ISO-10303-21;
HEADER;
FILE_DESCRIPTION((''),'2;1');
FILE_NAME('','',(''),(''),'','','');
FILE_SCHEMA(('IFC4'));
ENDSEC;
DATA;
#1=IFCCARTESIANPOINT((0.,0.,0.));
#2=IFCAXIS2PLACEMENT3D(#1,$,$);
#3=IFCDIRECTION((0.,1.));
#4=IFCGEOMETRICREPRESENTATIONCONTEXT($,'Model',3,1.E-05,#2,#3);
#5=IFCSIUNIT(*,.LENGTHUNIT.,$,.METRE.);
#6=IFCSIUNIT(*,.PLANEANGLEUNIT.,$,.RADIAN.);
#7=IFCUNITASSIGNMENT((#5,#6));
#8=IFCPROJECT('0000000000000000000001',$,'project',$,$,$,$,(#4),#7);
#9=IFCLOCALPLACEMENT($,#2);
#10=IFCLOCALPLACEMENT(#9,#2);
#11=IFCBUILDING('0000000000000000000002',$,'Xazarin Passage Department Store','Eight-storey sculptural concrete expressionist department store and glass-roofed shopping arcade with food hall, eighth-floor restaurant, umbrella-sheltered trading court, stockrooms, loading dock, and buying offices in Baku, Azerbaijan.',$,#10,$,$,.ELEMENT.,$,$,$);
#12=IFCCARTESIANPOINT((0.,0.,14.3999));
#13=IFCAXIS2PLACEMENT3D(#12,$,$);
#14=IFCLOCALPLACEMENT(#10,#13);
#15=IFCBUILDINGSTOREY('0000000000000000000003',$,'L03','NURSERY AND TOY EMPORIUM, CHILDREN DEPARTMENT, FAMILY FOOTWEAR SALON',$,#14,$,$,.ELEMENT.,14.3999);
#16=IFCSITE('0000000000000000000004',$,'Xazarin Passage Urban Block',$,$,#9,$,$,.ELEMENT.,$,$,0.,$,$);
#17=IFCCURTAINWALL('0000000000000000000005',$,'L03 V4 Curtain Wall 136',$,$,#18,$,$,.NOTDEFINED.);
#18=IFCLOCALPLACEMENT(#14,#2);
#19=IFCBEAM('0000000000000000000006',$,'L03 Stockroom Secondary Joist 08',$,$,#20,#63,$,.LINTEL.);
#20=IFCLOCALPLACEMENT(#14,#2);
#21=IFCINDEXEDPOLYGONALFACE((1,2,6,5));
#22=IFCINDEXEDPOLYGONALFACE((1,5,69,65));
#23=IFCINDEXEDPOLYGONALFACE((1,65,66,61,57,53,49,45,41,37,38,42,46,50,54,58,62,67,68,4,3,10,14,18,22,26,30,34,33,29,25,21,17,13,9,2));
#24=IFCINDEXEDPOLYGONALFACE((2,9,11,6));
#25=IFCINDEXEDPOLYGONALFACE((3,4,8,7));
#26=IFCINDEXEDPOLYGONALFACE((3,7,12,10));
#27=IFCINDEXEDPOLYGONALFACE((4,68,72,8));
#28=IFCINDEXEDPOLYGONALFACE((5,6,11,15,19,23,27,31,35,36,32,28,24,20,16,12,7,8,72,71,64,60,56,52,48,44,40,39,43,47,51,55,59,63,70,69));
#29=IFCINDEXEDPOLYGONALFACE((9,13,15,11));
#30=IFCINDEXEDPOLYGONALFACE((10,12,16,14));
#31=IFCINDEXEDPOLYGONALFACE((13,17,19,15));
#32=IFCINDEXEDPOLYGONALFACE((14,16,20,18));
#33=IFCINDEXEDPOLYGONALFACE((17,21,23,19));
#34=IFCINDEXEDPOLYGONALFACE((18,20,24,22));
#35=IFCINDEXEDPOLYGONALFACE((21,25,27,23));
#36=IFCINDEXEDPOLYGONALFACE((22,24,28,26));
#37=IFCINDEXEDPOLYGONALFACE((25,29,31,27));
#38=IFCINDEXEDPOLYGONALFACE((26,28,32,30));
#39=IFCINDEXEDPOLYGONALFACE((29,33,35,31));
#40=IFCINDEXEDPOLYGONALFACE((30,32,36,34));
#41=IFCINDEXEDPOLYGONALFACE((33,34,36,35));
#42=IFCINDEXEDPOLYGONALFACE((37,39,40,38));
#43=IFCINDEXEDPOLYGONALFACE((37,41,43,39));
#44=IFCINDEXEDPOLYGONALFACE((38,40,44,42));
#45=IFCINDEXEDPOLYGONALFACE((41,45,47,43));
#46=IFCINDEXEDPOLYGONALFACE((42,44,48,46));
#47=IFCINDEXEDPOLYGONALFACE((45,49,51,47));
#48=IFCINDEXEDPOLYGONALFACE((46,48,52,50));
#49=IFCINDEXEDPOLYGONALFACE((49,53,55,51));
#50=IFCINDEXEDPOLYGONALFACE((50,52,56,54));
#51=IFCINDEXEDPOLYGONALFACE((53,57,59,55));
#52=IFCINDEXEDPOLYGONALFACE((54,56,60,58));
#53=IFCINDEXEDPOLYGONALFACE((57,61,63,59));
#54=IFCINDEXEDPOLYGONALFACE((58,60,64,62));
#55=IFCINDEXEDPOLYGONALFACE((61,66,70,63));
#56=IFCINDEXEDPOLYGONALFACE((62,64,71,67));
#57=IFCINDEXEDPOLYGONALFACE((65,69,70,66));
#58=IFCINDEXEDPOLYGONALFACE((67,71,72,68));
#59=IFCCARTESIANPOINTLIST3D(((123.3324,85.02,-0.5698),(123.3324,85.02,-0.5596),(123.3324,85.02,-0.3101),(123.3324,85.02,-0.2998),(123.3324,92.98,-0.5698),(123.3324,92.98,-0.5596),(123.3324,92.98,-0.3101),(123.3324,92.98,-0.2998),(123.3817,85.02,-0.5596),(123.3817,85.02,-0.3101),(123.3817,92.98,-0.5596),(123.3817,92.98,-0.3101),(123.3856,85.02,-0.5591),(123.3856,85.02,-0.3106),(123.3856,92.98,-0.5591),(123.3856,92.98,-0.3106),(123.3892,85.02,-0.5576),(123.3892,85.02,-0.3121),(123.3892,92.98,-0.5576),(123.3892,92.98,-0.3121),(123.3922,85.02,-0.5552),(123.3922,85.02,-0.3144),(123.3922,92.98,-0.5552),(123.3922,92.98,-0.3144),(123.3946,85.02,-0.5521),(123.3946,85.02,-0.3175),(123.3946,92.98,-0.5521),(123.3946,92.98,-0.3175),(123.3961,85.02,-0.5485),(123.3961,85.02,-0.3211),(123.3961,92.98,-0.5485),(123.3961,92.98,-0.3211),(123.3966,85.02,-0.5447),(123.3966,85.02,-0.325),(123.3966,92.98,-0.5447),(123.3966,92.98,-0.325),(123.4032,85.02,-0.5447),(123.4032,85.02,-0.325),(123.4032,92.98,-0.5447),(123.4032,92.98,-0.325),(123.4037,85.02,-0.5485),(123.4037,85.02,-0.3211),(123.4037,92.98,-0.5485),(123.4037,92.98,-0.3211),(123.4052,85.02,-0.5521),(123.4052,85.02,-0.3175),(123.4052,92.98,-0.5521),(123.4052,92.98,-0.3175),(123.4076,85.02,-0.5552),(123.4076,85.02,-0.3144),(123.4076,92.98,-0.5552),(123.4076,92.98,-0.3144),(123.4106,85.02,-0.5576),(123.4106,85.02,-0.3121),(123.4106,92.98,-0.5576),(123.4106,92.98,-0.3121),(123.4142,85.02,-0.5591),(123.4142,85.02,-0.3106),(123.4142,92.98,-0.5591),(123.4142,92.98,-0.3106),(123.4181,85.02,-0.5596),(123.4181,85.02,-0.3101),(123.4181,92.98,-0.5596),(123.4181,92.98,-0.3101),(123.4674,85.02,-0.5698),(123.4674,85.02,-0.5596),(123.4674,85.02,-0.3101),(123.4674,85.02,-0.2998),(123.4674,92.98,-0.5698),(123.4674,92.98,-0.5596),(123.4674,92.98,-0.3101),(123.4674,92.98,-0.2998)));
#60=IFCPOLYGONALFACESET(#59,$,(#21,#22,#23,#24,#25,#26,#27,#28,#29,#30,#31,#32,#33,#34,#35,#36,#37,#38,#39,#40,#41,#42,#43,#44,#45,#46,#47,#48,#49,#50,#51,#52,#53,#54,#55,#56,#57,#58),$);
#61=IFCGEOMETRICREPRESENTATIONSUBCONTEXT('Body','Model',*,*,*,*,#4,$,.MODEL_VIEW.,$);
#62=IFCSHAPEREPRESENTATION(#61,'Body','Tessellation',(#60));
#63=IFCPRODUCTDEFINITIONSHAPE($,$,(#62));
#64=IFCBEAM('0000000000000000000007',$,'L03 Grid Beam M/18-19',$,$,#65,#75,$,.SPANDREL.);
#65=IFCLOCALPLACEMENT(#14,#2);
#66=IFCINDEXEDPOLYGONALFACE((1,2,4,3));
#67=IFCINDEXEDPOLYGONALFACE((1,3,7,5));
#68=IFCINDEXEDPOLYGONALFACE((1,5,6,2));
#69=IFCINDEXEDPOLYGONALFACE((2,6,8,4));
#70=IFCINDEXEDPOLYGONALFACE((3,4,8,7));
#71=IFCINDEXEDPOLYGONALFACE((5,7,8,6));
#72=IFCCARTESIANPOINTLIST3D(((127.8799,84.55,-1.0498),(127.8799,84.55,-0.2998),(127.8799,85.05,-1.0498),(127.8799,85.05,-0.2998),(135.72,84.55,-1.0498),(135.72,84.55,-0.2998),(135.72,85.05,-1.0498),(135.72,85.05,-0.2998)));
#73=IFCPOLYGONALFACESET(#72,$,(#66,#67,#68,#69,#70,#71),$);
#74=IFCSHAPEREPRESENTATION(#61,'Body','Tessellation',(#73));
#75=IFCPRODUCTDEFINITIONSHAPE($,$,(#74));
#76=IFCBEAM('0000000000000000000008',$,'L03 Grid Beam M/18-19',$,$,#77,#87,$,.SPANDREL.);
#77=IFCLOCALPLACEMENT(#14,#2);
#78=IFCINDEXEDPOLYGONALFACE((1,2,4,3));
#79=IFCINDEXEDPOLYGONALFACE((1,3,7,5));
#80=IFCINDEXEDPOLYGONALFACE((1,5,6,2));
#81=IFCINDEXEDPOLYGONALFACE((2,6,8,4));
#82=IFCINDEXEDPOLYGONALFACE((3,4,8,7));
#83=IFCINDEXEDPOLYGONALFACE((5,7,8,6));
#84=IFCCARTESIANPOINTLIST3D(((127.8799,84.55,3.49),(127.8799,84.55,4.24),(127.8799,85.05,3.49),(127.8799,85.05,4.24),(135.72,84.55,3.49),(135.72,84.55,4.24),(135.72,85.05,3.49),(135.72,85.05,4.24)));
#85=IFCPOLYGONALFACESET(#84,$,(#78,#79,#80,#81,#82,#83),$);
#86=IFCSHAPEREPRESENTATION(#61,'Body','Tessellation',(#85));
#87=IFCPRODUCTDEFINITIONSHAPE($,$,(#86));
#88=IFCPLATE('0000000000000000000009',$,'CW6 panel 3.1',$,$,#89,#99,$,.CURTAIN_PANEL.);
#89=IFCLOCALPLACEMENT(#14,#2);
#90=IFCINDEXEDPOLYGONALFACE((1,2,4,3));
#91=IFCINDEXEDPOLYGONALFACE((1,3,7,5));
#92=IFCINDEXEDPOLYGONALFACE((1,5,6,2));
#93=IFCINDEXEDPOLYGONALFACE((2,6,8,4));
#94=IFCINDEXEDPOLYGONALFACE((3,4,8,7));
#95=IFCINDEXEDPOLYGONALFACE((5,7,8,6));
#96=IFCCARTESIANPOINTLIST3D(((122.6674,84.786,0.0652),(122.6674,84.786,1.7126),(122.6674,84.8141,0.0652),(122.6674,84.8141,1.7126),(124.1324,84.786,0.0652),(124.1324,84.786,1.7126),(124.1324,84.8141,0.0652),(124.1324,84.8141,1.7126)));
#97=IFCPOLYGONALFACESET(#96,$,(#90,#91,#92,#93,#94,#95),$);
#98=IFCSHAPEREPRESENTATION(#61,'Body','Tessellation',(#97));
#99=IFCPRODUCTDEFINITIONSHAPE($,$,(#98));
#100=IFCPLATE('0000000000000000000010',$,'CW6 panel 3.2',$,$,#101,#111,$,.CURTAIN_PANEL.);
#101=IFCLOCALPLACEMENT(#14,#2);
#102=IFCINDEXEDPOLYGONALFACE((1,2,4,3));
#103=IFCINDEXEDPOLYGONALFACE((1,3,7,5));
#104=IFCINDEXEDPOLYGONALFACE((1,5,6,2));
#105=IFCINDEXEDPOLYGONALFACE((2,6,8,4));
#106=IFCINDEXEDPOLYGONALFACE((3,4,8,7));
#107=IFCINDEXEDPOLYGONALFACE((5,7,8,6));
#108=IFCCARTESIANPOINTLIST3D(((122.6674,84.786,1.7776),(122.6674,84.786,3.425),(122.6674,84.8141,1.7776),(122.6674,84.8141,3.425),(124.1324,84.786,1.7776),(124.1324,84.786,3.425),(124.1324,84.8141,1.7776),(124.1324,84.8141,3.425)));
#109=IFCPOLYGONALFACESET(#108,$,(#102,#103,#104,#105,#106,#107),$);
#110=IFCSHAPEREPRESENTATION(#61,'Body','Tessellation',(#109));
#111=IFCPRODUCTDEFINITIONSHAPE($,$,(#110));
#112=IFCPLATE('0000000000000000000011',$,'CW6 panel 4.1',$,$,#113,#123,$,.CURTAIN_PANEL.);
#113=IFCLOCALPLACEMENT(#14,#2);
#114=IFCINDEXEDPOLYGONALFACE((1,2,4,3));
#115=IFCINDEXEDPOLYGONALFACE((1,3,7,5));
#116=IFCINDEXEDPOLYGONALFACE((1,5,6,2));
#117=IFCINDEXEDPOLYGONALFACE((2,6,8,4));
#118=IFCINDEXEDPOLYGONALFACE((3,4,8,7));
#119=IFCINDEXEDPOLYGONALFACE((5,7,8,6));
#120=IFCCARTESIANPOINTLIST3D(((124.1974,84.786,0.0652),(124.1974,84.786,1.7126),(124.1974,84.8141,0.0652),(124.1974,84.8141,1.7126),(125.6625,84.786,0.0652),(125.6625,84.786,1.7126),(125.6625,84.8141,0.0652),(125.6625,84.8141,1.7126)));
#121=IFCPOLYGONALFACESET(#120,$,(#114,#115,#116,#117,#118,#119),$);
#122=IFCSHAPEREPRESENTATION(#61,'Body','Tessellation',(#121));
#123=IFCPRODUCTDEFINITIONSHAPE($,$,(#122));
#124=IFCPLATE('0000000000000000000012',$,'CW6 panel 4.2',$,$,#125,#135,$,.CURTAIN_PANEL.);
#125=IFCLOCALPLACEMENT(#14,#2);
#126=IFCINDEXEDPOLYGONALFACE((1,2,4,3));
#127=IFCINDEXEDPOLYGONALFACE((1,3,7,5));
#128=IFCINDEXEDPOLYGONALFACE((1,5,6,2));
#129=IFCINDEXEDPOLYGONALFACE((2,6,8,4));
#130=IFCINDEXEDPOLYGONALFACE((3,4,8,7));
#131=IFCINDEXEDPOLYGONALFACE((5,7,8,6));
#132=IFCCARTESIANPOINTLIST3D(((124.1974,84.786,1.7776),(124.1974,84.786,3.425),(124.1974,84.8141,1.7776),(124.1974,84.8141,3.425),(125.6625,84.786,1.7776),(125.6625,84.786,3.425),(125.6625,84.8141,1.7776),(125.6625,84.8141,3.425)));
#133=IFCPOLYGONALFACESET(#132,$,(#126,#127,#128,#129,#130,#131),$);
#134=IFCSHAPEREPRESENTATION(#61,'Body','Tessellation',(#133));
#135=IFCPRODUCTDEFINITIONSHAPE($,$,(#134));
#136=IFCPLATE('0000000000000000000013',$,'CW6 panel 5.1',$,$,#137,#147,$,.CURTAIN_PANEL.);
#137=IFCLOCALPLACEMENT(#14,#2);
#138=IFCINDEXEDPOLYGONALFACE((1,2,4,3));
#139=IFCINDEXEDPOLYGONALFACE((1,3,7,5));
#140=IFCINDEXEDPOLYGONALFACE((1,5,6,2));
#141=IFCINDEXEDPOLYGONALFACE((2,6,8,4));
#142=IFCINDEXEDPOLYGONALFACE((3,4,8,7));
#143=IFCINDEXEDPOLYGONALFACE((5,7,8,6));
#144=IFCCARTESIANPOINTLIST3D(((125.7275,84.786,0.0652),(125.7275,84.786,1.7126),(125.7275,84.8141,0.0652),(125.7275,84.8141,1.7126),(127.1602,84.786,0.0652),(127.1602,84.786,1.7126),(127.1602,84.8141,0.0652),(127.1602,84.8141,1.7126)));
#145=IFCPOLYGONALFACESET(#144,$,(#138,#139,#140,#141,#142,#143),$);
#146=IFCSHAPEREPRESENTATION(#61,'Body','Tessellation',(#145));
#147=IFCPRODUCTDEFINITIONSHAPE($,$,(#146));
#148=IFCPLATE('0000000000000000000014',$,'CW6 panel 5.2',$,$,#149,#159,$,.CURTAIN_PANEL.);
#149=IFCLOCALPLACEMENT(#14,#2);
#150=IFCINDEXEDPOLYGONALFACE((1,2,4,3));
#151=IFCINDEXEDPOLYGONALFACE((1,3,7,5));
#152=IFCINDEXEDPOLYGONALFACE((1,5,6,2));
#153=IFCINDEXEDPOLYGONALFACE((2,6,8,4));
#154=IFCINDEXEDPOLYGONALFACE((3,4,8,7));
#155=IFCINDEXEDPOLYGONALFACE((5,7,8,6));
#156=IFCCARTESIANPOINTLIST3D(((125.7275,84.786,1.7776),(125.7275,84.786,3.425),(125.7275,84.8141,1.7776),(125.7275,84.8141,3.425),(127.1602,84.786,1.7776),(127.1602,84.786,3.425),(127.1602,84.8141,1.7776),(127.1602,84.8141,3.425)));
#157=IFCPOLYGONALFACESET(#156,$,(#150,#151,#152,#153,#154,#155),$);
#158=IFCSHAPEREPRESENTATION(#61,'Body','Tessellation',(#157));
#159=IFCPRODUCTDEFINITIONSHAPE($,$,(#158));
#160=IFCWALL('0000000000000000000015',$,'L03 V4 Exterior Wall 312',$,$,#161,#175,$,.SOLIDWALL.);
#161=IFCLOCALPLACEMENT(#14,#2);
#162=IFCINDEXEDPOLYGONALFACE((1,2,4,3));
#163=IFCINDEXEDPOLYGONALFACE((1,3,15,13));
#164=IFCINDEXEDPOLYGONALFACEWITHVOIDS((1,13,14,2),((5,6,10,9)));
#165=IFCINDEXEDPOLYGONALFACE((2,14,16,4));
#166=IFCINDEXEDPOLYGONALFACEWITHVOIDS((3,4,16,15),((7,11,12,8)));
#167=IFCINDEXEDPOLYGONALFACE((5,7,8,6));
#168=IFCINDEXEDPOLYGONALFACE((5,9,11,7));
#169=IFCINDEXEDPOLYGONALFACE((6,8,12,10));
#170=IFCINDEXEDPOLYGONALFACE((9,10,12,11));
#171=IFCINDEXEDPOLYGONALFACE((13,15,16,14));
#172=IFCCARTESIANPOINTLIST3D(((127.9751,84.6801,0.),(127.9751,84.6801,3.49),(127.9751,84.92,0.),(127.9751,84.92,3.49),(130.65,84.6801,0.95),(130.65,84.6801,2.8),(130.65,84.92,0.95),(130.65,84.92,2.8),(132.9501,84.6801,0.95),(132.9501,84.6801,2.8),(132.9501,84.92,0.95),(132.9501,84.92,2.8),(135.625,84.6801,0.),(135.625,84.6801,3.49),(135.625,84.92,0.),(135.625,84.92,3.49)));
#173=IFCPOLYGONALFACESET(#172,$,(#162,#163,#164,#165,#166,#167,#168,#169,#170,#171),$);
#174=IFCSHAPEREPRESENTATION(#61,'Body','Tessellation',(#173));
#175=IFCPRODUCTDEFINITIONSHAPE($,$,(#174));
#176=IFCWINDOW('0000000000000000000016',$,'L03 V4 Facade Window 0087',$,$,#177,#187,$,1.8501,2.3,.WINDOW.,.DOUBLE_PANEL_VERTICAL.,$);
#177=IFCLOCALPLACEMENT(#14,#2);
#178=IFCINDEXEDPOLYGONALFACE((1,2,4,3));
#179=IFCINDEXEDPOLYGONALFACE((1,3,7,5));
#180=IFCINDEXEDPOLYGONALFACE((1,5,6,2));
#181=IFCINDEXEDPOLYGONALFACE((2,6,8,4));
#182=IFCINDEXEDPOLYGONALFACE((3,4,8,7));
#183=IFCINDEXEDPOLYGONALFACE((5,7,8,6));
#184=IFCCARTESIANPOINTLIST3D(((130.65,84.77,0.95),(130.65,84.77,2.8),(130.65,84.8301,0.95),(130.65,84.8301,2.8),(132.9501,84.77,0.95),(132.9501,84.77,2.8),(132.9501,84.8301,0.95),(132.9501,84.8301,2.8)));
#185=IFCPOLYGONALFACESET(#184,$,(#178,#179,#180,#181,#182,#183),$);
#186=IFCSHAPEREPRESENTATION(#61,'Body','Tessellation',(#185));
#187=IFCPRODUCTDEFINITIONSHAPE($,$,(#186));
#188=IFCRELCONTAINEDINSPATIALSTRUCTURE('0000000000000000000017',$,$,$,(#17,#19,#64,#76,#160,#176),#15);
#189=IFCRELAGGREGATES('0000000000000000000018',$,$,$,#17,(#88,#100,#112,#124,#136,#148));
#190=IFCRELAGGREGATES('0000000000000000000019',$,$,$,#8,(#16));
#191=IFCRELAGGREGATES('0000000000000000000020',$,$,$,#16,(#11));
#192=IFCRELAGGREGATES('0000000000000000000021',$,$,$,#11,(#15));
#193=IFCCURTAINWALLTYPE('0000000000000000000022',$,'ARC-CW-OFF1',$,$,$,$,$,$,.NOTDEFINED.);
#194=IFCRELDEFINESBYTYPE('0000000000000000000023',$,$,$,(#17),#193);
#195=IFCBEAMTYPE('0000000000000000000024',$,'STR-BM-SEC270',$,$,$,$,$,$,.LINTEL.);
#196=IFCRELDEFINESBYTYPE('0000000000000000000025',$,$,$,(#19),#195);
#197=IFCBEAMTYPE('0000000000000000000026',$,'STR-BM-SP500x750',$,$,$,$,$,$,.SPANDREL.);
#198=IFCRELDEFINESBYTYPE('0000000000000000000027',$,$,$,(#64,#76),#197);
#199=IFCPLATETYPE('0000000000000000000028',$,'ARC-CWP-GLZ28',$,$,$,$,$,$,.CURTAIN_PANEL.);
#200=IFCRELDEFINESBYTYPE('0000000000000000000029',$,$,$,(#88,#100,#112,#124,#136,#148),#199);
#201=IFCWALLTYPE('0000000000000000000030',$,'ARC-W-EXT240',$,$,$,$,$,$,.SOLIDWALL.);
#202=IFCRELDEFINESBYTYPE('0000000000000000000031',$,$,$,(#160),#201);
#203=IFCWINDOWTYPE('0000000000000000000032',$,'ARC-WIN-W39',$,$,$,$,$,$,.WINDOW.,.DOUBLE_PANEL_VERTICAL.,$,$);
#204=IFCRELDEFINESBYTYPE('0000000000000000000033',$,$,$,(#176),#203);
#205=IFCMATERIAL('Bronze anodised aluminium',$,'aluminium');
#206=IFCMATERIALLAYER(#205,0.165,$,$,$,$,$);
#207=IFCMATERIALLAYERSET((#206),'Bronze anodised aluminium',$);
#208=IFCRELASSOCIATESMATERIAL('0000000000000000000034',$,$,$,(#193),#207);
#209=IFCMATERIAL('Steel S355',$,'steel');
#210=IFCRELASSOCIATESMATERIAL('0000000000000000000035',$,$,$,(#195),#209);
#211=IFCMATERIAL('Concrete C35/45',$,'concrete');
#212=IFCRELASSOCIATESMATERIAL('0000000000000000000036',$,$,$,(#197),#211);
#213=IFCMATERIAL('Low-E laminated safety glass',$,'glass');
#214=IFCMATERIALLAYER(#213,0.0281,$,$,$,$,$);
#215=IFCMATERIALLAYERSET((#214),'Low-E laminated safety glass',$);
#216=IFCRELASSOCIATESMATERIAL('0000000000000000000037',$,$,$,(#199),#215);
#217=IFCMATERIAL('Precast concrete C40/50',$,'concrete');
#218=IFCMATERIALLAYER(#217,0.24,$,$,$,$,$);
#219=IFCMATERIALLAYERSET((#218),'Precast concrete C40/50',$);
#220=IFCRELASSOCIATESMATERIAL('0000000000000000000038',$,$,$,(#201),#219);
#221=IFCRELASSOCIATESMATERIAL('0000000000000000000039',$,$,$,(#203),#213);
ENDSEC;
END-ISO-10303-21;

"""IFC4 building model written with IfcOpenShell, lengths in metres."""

from ifc_helpers import new_model, si_unit, direction, frame, frame_2d, origin, origin_2d, place, context, subcontext, project, spatial, rectangle, i_section, extrude, material, layer, layer_set, material_profile, profile_set, type_object, element, fill, aggregate, save


model = new_model("IFC4")

# Units and contexts
model_context = context("Model", 3, precision=1e-05, world=origin(), true_north=direction((0.0, 1.0)))
body_context = subcontext(model_context, "Body", "Model", "MODEL_VIEW")
ifc_project = project(units=[si_unit("LENGTHUNIT", "METRE"), si_unit("PLANEANGLEUNIT", "RADIAN")], contexts=[model_context])

# Site, building, storey
site_placement = place(None, origin())
site = spatial("IfcSite", under=ifc_project, at=site_placement, Name="Xazarin Passage Urban Block", CompositionType="ELEMENT", RefElevation=0.0)
building_placement = place(site_placement, origin())
building = spatial("IfcBuilding", under=site, at=building_placement, Name="Xazarin Passage Department Store", Description="Eight-storey sculptural concrete expressionist department store and glass-roofed shopping arcade with food hall, eighth-floor restaurant, umbrella-sheltered trading court, stockrooms, loading dock, and buying offices in Baku, Azerbaijan.", CompositionType="ELEMENT")
storey_placement = place(building_placement, frame((0.0, 0.0, 14.3999)))
storey = spatial("IfcBuildingStorey", under=building, at=storey_placement, Name="L03", Description="NURSERY AND TOY EMPORIUM, CHILDREN DEPARTMENT, FAMILY FOOTWEAR SALON", CompositionType="ELEMENT", Elevation=14.3999)

# Curtain wall
ifc_material_1 = material(Name="Bronze anodised aluminium", Category="aluminium")
ifc_layer_1 = layer(ifc_material_1, 0.165)
ifc_layer_set_1 = layer_set([ifc_layer_1], Name="Bronze anodised aluminium")
curtain_wall_type = type_object("IfcCurtainWallType", Name="ARC-CW-OFF1", PredefinedType="NOTDEFINED", material=ifc_layer_set_1)
curtain_wall_placement = place(storey_placement, origin())
curtain_wall = element("IfcCurtainWall", 1, at=curtain_wall_placement, inside=storey, type_object=curtain_wall_type, Name="L03 V4 Curtain Wall 136", PredefinedType="NOTDEFINED")

# Beams
ifc_material_2 = material(Name="Steel S355", Category="steel")
ifc_material_profile_1 = material_profile(ifc_material_2, i_section(OverallWidth=0.135, OverallDepth=0.27, WebThickness=0.0066, FlangeThickness=0.0103, FilletRadius=0.0149, at=origin_2d()), Name="IPE 270")
ifc_profile_set_1 = profile_set([ifc_material_profile_1], Name="Steel S355")
beam_type_1 = type_object("IfcBeamType", Name="STR-BM-SEC270", PredefinedType="LINTEL", material=ifc_profile_set_1)
beam_placement = place(storey_placement, frame((123.3999, 85.02, -0.4348), z_axis=(0.0, 1.0, 0.0), x_axis=(-1.0, 0.0, 0.0)))
element("IfcBeam", 2, at=beam_placement, inside=storey, type_object=beam_type_1, Name="L03 Stockroom Secondary Joist 08", PredefinedType="LINTEL", context=body_context, shape_type="SweptSolid", body=[
    extrude(i_section(OverallWidth=0.135, OverallDepth=0.27, WebThickness=0.0066, FlangeThickness=0.0103, FilletRadius=0.0149, at=origin_2d()), origin(), (0.0, 0.0, 1.0), 7.96),
])
ifc_material_3 = material(Name="Concrete C35/45", Category="concrete")
ifc_material_profile_2 = material_profile(ifc_material_3, rectangle(XDim=0.5, YDim=0.75, at=origin_2d()), Name="RC 500x750")
ifc_profile_set_2 = profile_set([ifc_material_profile_2], Name="Concrete C35/45")
beam_type_2 = type_object("IfcBeamType", Name="STR-BM-SP500x750", PredefinedType="SPANDREL", material=ifc_profile_set_2)
for number, where, z_axis, x_axis, name in (
    (3, (127.8799, 84.8, -0.6748), (1.0, 0.0, 0.0), (0.0, 1.0, 0.0), "L03 Grid Beam M/18-19"),
    (4, (127.8799, 84.8, 3.865), (1.0, 0.0, 0.0), (0.0, 1.0, 0.0), "L03 Grid Beam M/18-19"),
):
    element("IfcBeam", number, at=place(storey_placement, frame(where, z_axis=z_axis, x_axis=x_axis)), inside=storey, type_object=beam_type_2, Name=name, PredefinedType="SPANDREL", context=body_context, shape_type="SweptSolid", body=[
        extrude(rectangle(XDim=0.5, YDim=0.75, at=origin_2d()), origin(), (0.0, 0.0, 1.0), 7.8401),
    ])

# Plates
ifc_material_4 = material(Name="Low-E laminated safety glass", Category="glass")
ifc_layer_2 = layer(ifc_material_4, 0.0281)
ifc_layer_set_2 = layer_set([ifc_layer_2], Name="Low-E laminated safety glass")
plate_type = type_object("IfcPlateType", Name="ARC-CWP-GLZ28", PredefinedType="CURTAIN_PANEL", material=ifc_layer_set_2)
plate_1_placement = place(storey_placement, frame((123.3999, 84.8, 0.0652), z_axis=(0.0, 0.0, 1.0), x_axis=(1.0, 0.0, 0.0)))
plate_1 = element("IfcPlate", 5, at=plate_1_placement, type_object=plate_type, Name="CW6 panel 3.1", PredefinedType="CURTAIN_PANEL", context=body_context, shape_type="SweptSolid", body=[
    extrude(rectangle(XDim=1.4651, YDim=0.0281, at=origin_2d()), origin(), (0.0, 0.0, 1.0), 1.6475),
])
plate_2_placement = place(storey_placement, frame((123.3999, 84.8, 1.7776), z_axis=(0.0, 0.0, 1.0), x_axis=(1.0, 0.0, 0.0)))
plate_2 = element("IfcPlate", 6, at=plate_2_placement, type_object=plate_type, Name="CW6 panel 3.2", PredefinedType="CURTAIN_PANEL", context=body_context, shape_type="SweptSolid", body=[
    extrude(rectangle(XDim=1.4651, YDim=0.0281, at=origin_2d()), origin(), (0.0, 0.0, 1.0), 1.6475),
])
plate_3_placement = place(storey_placement, frame((124.9299, 84.8, 0.0652), z_axis=(0.0, 0.0, 1.0), x_axis=(1.0, 0.0, 0.0)))
plate_3 = element("IfcPlate", 7, at=plate_3_placement, type_object=plate_type, Name="CW6 panel 4.1", PredefinedType="CURTAIN_PANEL", context=body_context, shape_type="SweptSolid", body=[
    extrude(rectangle(XDim=1.4651, YDim=0.0281, at=origin_2d()), origin(), (0.0, 0.0, 1.0), 1.6475),
])
plate_4_placement = place(storey_placement, frame((124.9299, 84.8, 1.7776), z_axis=(0.0, 0.0, 1.0), x_axis=(1.0, 0.0, 0.0)))
plate_4 = element("IfcPlate", 8, at=plate_4_placement, type_object=plate_type, Name="CW6 panel 4.2", PredefinedType="CURTAIN_PANEL", context=body_context, shape_type="SweptSolid", body=[
    extrude(rectangle(XDim=1.4651, YDim=0.0281, at=origin_2d()), origin(), (0.0, 0.0, 1.0), 1.6475),
])
plate_5_placement = place(storey_placement, frame((126.4438, 84.8, 0.0652), z_axis=(0.0, 0.0, 1.0), x_axis=(1.0, 0.0, 0.0)))
plate_5 = element("IfcPlate", 9, at=plate_5_placement, type_object=plate_type, Name="CW6 panel 5.1", PredefinedType="CURTAIN_PANEL", context=body_context, shape_type="SweptSolid", body=[
    extrude(rectangle(XDim=1.4326, YDim=0.0281, at=origin_2d()), origin(), (0.0, 0.0, 1.0), 1.6475),
])
plate_6_placement = place(storey_placement, frame((126.4438, 84.8, 1.7776), z_axis=(0.0, 0.0, 1.0), x_axis=(1.0, 0.0, 0.0)))
plate_6 = element("IfcPlate", 10, at=plate_6_placement, type_object=plate_type, Name="CW6 panel 5.2", PredefinedType="CURTAIN_PANEL", context=body_context, shape_type="SweptSolid", body=[
    extrude(rectangle(XDim=1.4326, YDim=0.0281, at=origin_2d()), origin(), (0.0, 0.0, 1.0), 1.6475),
])
aggregate(curtain_wall, [plate_1, plate_2, plate_3, plate_4, plate_5, plate_6])

# Wall, opening, window
ifc_material_5 = material(Name="Precast concrete C40/50", Category="concrete")
ifc_layer_3 = layer(ifc_material_5, 0.24)
ifc_layer_set_3 = layer_set([ifc_layer_3], Name="Precast concrete C40/50")
wall_type = type_object("IfcWallType", Name="ARC-W-EXT240", PredefinedType="SOLIDWALL", material=ifc_layer_set_3)
wall_placement = place(storey_placement, frame((127.9751, 84.8, 0.0), z_axis=(0.0, 0.0, 1.0), x_axis=(1.0, 0.0, 0.0)))
wall = element("IfcWall", 11, at=wall_placement, inside=storey, type_object=wall_type, Name="L03 V4 Exterior Wall 312", PredefinedType="SOLIDWALL", context=body_context, shape_type="SweptSolid", body=[
    extrude(rectangle(XDim=7.6499, YDim=0.24, at=frame_2d((3.825, 0.0))), origin(), (0.0, 0.0, 1.0), 3.49),
])
opening_placement = place(wall_placement, frame((2.675, 0.0, 0.95)))
opening = element("IfcOpeningElement", 12, at=opening_placement, cuts=wall, PredefinedType="OPENING", context=body_context, shape_type="SweptSolid", body=[
    extrude(rectangle(XDim=2.3, YDim=1.8501, at=frame_2d((1.1499, 0.925))), frame((0.0, 0.1299, 0.0), z_axis=(0.0, -1.0, 0.0), x_axis=(1.0, 0.0, 0.0)), (0.0, 0.0, 1.0), 0.26),
])
window_type = type_object("IfcWindowType", Name="ARC-WIN-W39", PartitioningType="DOUBLE_PANEL_VERTICAL", PredefinedType="WINDOW", material=ifc_material_4)
window_placement = place(opening_placement, origin())
window = element("IfcWindow", 13, at=window_placement, inside=storey, type_object=window_type, Name="L03 V4 Facade Window 0087", OverallHeight=1.8501, OverallWidth=2.3, PartitioningType="DOUBLE_PANEL_VERTICAL", PredefinedType="WINDOW", context=body_context, shape_type="SweptSolid", body=[
    extrude(rectangle(XDim=2.3, YDim=1.8501, at=frame_2d((1.1499, 0.925))), frame((0.0, 0.03, 0.0), z_axis=(0.0, -1.0, 0.0), x_axis=(1.0, 0.0, 0.0)), (0.0, 0.0, 1.0), 0.0601),
])
fill(opening, window)

save(model, "model.ifc")
